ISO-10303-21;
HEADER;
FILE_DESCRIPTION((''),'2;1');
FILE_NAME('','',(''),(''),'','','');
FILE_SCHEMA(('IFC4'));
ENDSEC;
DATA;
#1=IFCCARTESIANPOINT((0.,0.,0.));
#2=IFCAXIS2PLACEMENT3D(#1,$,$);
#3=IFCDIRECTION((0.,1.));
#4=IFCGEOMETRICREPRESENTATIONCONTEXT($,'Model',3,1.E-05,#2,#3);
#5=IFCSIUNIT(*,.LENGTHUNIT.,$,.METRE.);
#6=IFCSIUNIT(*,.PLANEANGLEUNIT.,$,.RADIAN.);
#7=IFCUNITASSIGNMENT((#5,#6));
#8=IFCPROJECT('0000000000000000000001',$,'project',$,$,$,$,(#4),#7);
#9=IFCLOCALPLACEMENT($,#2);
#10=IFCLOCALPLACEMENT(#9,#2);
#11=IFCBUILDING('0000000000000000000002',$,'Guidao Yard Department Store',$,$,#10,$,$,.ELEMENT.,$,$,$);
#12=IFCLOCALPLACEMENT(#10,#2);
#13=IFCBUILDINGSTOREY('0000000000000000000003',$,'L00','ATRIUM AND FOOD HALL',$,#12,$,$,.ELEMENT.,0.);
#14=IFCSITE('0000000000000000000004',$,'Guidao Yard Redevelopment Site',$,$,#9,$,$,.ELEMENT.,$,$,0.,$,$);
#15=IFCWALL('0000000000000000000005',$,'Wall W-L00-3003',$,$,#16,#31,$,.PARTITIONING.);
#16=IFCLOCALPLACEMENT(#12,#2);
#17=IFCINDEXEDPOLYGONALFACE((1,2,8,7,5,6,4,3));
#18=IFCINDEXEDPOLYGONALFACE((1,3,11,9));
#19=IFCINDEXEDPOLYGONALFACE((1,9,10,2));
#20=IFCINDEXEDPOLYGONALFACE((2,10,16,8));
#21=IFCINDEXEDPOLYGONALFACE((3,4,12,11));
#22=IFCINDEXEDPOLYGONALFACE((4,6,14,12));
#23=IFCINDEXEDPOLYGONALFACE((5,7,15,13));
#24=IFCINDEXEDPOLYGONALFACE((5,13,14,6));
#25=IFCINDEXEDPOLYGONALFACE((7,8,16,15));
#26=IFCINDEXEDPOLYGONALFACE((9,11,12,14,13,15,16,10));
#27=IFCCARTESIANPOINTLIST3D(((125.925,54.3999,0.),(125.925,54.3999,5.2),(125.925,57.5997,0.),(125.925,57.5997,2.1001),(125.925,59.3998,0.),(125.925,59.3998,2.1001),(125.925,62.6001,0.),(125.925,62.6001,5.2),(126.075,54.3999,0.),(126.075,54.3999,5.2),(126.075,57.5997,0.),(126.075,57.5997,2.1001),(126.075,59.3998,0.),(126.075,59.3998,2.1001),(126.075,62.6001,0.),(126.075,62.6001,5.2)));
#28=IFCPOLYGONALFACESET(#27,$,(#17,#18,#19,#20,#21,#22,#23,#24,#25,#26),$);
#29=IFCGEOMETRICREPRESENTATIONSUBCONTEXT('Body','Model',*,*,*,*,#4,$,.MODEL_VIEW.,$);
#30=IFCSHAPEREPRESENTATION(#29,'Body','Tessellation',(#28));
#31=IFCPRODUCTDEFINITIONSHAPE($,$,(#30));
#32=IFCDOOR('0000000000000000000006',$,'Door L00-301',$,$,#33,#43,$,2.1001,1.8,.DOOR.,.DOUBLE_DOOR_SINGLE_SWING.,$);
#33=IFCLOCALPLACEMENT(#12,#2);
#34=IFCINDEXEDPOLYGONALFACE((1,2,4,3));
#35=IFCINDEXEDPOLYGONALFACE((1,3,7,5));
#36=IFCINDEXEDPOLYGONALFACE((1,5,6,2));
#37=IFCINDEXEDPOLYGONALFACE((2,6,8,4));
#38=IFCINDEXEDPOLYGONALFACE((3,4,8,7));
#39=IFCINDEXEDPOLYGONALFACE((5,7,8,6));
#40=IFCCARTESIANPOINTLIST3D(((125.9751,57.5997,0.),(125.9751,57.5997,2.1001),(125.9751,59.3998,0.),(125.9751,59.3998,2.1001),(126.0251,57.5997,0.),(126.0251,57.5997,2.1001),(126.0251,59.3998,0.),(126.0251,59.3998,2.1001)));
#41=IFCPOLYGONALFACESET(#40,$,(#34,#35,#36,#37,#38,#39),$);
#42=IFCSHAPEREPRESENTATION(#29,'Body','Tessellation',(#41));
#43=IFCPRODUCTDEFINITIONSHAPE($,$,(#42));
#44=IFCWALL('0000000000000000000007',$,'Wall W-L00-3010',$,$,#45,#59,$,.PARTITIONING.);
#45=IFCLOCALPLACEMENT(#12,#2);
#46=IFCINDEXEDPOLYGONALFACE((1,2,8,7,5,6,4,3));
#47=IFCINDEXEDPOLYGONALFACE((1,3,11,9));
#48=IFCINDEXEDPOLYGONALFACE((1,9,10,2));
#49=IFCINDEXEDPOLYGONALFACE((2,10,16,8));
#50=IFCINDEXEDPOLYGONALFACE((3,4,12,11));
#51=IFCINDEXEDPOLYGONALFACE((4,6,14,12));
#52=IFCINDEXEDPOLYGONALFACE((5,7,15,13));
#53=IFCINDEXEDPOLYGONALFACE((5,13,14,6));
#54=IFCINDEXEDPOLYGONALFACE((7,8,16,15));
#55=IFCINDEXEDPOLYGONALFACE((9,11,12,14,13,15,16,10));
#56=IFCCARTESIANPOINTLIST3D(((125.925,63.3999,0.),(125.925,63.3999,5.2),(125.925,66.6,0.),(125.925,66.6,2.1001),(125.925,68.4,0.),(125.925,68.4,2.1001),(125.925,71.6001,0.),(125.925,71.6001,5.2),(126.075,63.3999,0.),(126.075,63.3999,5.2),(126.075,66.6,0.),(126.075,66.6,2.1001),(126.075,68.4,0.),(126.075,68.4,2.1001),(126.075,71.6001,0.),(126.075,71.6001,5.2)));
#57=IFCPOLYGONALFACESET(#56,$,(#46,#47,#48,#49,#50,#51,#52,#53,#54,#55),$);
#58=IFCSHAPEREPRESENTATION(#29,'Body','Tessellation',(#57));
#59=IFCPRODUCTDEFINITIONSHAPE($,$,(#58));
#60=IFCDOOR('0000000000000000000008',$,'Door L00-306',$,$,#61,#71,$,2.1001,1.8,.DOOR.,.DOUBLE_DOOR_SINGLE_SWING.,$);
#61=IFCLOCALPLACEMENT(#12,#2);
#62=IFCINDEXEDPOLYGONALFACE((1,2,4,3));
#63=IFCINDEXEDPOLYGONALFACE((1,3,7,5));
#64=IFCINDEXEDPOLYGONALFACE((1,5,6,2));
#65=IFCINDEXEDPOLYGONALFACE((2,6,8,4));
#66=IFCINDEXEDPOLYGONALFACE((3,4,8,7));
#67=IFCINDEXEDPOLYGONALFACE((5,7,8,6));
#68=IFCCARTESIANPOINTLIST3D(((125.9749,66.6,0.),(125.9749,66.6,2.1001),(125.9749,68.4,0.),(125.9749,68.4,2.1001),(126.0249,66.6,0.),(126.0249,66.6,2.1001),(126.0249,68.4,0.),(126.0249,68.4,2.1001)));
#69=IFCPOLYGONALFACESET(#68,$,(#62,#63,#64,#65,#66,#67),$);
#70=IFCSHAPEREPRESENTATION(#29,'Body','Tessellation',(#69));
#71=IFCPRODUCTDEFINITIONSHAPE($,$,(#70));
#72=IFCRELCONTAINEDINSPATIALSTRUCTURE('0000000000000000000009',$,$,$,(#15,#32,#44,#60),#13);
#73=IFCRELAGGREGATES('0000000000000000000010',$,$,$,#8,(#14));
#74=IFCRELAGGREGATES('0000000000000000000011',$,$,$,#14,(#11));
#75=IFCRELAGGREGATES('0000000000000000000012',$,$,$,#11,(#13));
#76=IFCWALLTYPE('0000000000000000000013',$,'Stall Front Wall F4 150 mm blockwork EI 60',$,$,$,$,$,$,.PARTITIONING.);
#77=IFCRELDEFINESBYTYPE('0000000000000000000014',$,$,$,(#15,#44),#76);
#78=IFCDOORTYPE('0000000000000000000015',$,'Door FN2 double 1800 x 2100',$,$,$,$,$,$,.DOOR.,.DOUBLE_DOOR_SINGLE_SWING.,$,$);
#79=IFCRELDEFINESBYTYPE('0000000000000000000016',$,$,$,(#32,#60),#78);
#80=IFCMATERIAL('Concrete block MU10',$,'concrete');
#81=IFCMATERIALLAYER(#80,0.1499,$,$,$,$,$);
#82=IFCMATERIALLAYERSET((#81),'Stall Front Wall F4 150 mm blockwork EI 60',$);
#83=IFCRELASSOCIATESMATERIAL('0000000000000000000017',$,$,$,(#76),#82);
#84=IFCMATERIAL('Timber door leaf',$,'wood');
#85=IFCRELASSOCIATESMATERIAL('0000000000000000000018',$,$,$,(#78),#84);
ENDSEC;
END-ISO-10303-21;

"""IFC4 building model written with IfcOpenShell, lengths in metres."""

from ifc_helpers import new_model, si_unit, direction, frame, frame_2d, origin, place, context, subcontext, project, spatial, rectangle, extrude, material, layer, layer_set, type_object, element, fill, save


model = new_model("IFC4")

# Units and contexts
model_context = context("Model", 3, precision=1e-05, world=origin(), true_north=direction((0.0, 1.0)))
body_context = subcontext(model_context, "Body", "Model", "MODEL_VIEW")
ifc_project = project(units=[si_unit("LENGTHUNIT", "METRE"), si_unit("PLANEANGLEUNIT", "RADIAN")], contexts=[model_context])

# Site, building, storey
site_placement = place(None, origin())
site = spatial("IfcSite", under=ifc_project, at=site_placement, Name="Guidao Yard Redevelopment Site", CompositionType="ELEMENT", RefElevation=0.0)
building_placement = place(site_placement, origin())
building = spatial("IfcBuilding", under=site, at=building_placement, Name="Guidao Yard Department Store", CompositionType="ELEMENT")
storey_placement = place(building_placement, origin())
storey = spatial("IfcBuildingStorey", under=building, at=storey_placement, Name="L00", Description="ATRIUM AND FOOD HALL", CompositionType="ELEMENT", Elevation=0.0)

# Walls, openings, doors
ifc_material_1 = material(Name="Concrete block MU10", Category="concrete")
ifc_layer_1 = layer(ifc_material_1, 0.1499)
ifc_layer_set_1 = layer_set([ifc_layer_1], Name="Stall Front Wall F4 150 mm blockwork EI 60")
wall_type_1 = type_object("IfcWallType", Name="Stall Front Wall F4 150 mm blockwork EI 60", PredefinedType="PARTITIONING", material=ifc_layer_set_1)
wall_1_placement = place(storey_placement, frame((126.0, 54.3999, 0.0), z_axis=(0.0, 0.0, 1.0), x_axis=(0.0, 1.0, 0.0)))
wall_1 = element("IfcWall", 1, at=wall_1_placement, inside=storey, type_object=wall_type_1, Name="Wall W-L00-3003", PredefinedType="PARTITIONING", context=body_context, shape_type="SweptSolid", body=[
    extrude(rectangle(XDim=8.2002, YDim=0.1499, at=frame_2d((4.1001, 0.0))), origin(), (0.0, 0.0, 1.0), 5.2),
])
opening_1_placement = place(wall_1_placement, frame((3.2, 0.0, 0.0)))
opening_1 = element("IfcOpeningElement", 2, at=opening_1_placement, cuts=wall_1, PredefinedType="OPENING", context=body_context, shape_type="SweptSolid", body=[
    extrude(rectangle(XDim=1.8, YDim=2.1001, at=frame_2d((0.8999, 1.05))), frame((0.0, 0.085, 0.0), z_axis=(0.0, -1.0, 0.0), x_axis=(1.0, 0.0, 0.0)), (0.0, 0.0, 1.0), 0.1699),
])
ifc_material_2 = material(Name="Timber door leaf", Category="wood")
door_type_1 = type_object("IfcDoorType", Name="Door FN2 double 1800 x 2100", OperationType="DOUBLE_DOOR_SINGLE_SWING", PredefinedType="DOOR", material=ifc_material_2)
door_1_placement = place(opening_1_placement, origin())
door_1 = element("IfcDoor", 3, at=door_1_placement, inside=storey, type_object=door_type_1, Name="Door L00-301", OperationType="DOUBLE_DOOR_SINGLE_SWING", OverallHeight=2.1001, OverallWidth=1.8, PredefinedType="DOOR", context=body_context, shape_type="SweptSolid", body=[
    extrude(rectangle(XDim=1.8, YDim=2.1001, at=frame_2d((0.8999, 1.05))), frame((0.0, 0.0249, 0.0), z_axis=(0.0, -1.0, 0.0), x_axis=(1.0, 0.0, 0.0)), (0.0, 0.0, 1.0), 0.05),
])
fill(opening_1, door_1)
wall_2_placement = place(storey_placement, frame((126.0, 63.3999, 0.0), z_axis=(0.0, 0.0, 1.0), x_axis=(0.0, 1.0, 0.0)))
wall_2 = element("IfcWall", 4, at=wall_2_placement, inside=storey, type_object=wall_type_1, Name="Wall W-L00-3010", PredefinedType="PARTITIONING", context=body_context, shape_type="SweptSolid", body=[
    extrude(rectangle(XDim=8.2002, YDim=0.1499, at=frame_2d((4.1001, 0.0))), origin(), (0.0, 0.0, 1.0), 5.2),
])
opening_2_placement = place(wall_2_placement, frame((5.0, 0.0, 0.0), z_axis=(0.0, 0.0, 1.0), x_axis=(-1.0, 0.0, 0.0)))
opening_2 = element("IfcOpeningElement", 5, at=opening_2_placement, cuts=wall_2, PredefinedType="OPENING", context=body_context, shape_type="SweptSolid", body=[
    extrude(rectangle(XDim=1.8, YDim=2.1001, at=frame_2d((0.8999, 1.05))), frame((0.0, 0.085, 0.0), z_axis=(0.0, -1.0, 0.0), x_axis=(1.0, 0.0, 0.0)), (0.0, 0.0, 1.0), 0.1699),
])
door_2_placement = place(opening_2_placement, origin())
door_2 = element("IfcDoor", 6, at=door_2_placement, inside=storey, type_object=door_type_1, Name="Door L00-306", OperationType="DOUBLE_DOOR_SINGLE_SWING", OverallHeight=2.1001, OverallWidth=1.8, PredefinedType="DOOR", context=body_context, shape_type="SweptSolid", body=[
    extrude(rectangle(XDim=1.8, YDim=2.1001, at=frame_2d((0.8999, 1.05))), frame((0.0, 0.0249, 0.0), z_axis=(0.0, -1.0, 0.0), x_axis=(1.0, 0.0, 0.0)), (0.0, 0.0, 1.0), 0.05),
])
fill(opening_2, door_2)

save(model, "model.ifc")
